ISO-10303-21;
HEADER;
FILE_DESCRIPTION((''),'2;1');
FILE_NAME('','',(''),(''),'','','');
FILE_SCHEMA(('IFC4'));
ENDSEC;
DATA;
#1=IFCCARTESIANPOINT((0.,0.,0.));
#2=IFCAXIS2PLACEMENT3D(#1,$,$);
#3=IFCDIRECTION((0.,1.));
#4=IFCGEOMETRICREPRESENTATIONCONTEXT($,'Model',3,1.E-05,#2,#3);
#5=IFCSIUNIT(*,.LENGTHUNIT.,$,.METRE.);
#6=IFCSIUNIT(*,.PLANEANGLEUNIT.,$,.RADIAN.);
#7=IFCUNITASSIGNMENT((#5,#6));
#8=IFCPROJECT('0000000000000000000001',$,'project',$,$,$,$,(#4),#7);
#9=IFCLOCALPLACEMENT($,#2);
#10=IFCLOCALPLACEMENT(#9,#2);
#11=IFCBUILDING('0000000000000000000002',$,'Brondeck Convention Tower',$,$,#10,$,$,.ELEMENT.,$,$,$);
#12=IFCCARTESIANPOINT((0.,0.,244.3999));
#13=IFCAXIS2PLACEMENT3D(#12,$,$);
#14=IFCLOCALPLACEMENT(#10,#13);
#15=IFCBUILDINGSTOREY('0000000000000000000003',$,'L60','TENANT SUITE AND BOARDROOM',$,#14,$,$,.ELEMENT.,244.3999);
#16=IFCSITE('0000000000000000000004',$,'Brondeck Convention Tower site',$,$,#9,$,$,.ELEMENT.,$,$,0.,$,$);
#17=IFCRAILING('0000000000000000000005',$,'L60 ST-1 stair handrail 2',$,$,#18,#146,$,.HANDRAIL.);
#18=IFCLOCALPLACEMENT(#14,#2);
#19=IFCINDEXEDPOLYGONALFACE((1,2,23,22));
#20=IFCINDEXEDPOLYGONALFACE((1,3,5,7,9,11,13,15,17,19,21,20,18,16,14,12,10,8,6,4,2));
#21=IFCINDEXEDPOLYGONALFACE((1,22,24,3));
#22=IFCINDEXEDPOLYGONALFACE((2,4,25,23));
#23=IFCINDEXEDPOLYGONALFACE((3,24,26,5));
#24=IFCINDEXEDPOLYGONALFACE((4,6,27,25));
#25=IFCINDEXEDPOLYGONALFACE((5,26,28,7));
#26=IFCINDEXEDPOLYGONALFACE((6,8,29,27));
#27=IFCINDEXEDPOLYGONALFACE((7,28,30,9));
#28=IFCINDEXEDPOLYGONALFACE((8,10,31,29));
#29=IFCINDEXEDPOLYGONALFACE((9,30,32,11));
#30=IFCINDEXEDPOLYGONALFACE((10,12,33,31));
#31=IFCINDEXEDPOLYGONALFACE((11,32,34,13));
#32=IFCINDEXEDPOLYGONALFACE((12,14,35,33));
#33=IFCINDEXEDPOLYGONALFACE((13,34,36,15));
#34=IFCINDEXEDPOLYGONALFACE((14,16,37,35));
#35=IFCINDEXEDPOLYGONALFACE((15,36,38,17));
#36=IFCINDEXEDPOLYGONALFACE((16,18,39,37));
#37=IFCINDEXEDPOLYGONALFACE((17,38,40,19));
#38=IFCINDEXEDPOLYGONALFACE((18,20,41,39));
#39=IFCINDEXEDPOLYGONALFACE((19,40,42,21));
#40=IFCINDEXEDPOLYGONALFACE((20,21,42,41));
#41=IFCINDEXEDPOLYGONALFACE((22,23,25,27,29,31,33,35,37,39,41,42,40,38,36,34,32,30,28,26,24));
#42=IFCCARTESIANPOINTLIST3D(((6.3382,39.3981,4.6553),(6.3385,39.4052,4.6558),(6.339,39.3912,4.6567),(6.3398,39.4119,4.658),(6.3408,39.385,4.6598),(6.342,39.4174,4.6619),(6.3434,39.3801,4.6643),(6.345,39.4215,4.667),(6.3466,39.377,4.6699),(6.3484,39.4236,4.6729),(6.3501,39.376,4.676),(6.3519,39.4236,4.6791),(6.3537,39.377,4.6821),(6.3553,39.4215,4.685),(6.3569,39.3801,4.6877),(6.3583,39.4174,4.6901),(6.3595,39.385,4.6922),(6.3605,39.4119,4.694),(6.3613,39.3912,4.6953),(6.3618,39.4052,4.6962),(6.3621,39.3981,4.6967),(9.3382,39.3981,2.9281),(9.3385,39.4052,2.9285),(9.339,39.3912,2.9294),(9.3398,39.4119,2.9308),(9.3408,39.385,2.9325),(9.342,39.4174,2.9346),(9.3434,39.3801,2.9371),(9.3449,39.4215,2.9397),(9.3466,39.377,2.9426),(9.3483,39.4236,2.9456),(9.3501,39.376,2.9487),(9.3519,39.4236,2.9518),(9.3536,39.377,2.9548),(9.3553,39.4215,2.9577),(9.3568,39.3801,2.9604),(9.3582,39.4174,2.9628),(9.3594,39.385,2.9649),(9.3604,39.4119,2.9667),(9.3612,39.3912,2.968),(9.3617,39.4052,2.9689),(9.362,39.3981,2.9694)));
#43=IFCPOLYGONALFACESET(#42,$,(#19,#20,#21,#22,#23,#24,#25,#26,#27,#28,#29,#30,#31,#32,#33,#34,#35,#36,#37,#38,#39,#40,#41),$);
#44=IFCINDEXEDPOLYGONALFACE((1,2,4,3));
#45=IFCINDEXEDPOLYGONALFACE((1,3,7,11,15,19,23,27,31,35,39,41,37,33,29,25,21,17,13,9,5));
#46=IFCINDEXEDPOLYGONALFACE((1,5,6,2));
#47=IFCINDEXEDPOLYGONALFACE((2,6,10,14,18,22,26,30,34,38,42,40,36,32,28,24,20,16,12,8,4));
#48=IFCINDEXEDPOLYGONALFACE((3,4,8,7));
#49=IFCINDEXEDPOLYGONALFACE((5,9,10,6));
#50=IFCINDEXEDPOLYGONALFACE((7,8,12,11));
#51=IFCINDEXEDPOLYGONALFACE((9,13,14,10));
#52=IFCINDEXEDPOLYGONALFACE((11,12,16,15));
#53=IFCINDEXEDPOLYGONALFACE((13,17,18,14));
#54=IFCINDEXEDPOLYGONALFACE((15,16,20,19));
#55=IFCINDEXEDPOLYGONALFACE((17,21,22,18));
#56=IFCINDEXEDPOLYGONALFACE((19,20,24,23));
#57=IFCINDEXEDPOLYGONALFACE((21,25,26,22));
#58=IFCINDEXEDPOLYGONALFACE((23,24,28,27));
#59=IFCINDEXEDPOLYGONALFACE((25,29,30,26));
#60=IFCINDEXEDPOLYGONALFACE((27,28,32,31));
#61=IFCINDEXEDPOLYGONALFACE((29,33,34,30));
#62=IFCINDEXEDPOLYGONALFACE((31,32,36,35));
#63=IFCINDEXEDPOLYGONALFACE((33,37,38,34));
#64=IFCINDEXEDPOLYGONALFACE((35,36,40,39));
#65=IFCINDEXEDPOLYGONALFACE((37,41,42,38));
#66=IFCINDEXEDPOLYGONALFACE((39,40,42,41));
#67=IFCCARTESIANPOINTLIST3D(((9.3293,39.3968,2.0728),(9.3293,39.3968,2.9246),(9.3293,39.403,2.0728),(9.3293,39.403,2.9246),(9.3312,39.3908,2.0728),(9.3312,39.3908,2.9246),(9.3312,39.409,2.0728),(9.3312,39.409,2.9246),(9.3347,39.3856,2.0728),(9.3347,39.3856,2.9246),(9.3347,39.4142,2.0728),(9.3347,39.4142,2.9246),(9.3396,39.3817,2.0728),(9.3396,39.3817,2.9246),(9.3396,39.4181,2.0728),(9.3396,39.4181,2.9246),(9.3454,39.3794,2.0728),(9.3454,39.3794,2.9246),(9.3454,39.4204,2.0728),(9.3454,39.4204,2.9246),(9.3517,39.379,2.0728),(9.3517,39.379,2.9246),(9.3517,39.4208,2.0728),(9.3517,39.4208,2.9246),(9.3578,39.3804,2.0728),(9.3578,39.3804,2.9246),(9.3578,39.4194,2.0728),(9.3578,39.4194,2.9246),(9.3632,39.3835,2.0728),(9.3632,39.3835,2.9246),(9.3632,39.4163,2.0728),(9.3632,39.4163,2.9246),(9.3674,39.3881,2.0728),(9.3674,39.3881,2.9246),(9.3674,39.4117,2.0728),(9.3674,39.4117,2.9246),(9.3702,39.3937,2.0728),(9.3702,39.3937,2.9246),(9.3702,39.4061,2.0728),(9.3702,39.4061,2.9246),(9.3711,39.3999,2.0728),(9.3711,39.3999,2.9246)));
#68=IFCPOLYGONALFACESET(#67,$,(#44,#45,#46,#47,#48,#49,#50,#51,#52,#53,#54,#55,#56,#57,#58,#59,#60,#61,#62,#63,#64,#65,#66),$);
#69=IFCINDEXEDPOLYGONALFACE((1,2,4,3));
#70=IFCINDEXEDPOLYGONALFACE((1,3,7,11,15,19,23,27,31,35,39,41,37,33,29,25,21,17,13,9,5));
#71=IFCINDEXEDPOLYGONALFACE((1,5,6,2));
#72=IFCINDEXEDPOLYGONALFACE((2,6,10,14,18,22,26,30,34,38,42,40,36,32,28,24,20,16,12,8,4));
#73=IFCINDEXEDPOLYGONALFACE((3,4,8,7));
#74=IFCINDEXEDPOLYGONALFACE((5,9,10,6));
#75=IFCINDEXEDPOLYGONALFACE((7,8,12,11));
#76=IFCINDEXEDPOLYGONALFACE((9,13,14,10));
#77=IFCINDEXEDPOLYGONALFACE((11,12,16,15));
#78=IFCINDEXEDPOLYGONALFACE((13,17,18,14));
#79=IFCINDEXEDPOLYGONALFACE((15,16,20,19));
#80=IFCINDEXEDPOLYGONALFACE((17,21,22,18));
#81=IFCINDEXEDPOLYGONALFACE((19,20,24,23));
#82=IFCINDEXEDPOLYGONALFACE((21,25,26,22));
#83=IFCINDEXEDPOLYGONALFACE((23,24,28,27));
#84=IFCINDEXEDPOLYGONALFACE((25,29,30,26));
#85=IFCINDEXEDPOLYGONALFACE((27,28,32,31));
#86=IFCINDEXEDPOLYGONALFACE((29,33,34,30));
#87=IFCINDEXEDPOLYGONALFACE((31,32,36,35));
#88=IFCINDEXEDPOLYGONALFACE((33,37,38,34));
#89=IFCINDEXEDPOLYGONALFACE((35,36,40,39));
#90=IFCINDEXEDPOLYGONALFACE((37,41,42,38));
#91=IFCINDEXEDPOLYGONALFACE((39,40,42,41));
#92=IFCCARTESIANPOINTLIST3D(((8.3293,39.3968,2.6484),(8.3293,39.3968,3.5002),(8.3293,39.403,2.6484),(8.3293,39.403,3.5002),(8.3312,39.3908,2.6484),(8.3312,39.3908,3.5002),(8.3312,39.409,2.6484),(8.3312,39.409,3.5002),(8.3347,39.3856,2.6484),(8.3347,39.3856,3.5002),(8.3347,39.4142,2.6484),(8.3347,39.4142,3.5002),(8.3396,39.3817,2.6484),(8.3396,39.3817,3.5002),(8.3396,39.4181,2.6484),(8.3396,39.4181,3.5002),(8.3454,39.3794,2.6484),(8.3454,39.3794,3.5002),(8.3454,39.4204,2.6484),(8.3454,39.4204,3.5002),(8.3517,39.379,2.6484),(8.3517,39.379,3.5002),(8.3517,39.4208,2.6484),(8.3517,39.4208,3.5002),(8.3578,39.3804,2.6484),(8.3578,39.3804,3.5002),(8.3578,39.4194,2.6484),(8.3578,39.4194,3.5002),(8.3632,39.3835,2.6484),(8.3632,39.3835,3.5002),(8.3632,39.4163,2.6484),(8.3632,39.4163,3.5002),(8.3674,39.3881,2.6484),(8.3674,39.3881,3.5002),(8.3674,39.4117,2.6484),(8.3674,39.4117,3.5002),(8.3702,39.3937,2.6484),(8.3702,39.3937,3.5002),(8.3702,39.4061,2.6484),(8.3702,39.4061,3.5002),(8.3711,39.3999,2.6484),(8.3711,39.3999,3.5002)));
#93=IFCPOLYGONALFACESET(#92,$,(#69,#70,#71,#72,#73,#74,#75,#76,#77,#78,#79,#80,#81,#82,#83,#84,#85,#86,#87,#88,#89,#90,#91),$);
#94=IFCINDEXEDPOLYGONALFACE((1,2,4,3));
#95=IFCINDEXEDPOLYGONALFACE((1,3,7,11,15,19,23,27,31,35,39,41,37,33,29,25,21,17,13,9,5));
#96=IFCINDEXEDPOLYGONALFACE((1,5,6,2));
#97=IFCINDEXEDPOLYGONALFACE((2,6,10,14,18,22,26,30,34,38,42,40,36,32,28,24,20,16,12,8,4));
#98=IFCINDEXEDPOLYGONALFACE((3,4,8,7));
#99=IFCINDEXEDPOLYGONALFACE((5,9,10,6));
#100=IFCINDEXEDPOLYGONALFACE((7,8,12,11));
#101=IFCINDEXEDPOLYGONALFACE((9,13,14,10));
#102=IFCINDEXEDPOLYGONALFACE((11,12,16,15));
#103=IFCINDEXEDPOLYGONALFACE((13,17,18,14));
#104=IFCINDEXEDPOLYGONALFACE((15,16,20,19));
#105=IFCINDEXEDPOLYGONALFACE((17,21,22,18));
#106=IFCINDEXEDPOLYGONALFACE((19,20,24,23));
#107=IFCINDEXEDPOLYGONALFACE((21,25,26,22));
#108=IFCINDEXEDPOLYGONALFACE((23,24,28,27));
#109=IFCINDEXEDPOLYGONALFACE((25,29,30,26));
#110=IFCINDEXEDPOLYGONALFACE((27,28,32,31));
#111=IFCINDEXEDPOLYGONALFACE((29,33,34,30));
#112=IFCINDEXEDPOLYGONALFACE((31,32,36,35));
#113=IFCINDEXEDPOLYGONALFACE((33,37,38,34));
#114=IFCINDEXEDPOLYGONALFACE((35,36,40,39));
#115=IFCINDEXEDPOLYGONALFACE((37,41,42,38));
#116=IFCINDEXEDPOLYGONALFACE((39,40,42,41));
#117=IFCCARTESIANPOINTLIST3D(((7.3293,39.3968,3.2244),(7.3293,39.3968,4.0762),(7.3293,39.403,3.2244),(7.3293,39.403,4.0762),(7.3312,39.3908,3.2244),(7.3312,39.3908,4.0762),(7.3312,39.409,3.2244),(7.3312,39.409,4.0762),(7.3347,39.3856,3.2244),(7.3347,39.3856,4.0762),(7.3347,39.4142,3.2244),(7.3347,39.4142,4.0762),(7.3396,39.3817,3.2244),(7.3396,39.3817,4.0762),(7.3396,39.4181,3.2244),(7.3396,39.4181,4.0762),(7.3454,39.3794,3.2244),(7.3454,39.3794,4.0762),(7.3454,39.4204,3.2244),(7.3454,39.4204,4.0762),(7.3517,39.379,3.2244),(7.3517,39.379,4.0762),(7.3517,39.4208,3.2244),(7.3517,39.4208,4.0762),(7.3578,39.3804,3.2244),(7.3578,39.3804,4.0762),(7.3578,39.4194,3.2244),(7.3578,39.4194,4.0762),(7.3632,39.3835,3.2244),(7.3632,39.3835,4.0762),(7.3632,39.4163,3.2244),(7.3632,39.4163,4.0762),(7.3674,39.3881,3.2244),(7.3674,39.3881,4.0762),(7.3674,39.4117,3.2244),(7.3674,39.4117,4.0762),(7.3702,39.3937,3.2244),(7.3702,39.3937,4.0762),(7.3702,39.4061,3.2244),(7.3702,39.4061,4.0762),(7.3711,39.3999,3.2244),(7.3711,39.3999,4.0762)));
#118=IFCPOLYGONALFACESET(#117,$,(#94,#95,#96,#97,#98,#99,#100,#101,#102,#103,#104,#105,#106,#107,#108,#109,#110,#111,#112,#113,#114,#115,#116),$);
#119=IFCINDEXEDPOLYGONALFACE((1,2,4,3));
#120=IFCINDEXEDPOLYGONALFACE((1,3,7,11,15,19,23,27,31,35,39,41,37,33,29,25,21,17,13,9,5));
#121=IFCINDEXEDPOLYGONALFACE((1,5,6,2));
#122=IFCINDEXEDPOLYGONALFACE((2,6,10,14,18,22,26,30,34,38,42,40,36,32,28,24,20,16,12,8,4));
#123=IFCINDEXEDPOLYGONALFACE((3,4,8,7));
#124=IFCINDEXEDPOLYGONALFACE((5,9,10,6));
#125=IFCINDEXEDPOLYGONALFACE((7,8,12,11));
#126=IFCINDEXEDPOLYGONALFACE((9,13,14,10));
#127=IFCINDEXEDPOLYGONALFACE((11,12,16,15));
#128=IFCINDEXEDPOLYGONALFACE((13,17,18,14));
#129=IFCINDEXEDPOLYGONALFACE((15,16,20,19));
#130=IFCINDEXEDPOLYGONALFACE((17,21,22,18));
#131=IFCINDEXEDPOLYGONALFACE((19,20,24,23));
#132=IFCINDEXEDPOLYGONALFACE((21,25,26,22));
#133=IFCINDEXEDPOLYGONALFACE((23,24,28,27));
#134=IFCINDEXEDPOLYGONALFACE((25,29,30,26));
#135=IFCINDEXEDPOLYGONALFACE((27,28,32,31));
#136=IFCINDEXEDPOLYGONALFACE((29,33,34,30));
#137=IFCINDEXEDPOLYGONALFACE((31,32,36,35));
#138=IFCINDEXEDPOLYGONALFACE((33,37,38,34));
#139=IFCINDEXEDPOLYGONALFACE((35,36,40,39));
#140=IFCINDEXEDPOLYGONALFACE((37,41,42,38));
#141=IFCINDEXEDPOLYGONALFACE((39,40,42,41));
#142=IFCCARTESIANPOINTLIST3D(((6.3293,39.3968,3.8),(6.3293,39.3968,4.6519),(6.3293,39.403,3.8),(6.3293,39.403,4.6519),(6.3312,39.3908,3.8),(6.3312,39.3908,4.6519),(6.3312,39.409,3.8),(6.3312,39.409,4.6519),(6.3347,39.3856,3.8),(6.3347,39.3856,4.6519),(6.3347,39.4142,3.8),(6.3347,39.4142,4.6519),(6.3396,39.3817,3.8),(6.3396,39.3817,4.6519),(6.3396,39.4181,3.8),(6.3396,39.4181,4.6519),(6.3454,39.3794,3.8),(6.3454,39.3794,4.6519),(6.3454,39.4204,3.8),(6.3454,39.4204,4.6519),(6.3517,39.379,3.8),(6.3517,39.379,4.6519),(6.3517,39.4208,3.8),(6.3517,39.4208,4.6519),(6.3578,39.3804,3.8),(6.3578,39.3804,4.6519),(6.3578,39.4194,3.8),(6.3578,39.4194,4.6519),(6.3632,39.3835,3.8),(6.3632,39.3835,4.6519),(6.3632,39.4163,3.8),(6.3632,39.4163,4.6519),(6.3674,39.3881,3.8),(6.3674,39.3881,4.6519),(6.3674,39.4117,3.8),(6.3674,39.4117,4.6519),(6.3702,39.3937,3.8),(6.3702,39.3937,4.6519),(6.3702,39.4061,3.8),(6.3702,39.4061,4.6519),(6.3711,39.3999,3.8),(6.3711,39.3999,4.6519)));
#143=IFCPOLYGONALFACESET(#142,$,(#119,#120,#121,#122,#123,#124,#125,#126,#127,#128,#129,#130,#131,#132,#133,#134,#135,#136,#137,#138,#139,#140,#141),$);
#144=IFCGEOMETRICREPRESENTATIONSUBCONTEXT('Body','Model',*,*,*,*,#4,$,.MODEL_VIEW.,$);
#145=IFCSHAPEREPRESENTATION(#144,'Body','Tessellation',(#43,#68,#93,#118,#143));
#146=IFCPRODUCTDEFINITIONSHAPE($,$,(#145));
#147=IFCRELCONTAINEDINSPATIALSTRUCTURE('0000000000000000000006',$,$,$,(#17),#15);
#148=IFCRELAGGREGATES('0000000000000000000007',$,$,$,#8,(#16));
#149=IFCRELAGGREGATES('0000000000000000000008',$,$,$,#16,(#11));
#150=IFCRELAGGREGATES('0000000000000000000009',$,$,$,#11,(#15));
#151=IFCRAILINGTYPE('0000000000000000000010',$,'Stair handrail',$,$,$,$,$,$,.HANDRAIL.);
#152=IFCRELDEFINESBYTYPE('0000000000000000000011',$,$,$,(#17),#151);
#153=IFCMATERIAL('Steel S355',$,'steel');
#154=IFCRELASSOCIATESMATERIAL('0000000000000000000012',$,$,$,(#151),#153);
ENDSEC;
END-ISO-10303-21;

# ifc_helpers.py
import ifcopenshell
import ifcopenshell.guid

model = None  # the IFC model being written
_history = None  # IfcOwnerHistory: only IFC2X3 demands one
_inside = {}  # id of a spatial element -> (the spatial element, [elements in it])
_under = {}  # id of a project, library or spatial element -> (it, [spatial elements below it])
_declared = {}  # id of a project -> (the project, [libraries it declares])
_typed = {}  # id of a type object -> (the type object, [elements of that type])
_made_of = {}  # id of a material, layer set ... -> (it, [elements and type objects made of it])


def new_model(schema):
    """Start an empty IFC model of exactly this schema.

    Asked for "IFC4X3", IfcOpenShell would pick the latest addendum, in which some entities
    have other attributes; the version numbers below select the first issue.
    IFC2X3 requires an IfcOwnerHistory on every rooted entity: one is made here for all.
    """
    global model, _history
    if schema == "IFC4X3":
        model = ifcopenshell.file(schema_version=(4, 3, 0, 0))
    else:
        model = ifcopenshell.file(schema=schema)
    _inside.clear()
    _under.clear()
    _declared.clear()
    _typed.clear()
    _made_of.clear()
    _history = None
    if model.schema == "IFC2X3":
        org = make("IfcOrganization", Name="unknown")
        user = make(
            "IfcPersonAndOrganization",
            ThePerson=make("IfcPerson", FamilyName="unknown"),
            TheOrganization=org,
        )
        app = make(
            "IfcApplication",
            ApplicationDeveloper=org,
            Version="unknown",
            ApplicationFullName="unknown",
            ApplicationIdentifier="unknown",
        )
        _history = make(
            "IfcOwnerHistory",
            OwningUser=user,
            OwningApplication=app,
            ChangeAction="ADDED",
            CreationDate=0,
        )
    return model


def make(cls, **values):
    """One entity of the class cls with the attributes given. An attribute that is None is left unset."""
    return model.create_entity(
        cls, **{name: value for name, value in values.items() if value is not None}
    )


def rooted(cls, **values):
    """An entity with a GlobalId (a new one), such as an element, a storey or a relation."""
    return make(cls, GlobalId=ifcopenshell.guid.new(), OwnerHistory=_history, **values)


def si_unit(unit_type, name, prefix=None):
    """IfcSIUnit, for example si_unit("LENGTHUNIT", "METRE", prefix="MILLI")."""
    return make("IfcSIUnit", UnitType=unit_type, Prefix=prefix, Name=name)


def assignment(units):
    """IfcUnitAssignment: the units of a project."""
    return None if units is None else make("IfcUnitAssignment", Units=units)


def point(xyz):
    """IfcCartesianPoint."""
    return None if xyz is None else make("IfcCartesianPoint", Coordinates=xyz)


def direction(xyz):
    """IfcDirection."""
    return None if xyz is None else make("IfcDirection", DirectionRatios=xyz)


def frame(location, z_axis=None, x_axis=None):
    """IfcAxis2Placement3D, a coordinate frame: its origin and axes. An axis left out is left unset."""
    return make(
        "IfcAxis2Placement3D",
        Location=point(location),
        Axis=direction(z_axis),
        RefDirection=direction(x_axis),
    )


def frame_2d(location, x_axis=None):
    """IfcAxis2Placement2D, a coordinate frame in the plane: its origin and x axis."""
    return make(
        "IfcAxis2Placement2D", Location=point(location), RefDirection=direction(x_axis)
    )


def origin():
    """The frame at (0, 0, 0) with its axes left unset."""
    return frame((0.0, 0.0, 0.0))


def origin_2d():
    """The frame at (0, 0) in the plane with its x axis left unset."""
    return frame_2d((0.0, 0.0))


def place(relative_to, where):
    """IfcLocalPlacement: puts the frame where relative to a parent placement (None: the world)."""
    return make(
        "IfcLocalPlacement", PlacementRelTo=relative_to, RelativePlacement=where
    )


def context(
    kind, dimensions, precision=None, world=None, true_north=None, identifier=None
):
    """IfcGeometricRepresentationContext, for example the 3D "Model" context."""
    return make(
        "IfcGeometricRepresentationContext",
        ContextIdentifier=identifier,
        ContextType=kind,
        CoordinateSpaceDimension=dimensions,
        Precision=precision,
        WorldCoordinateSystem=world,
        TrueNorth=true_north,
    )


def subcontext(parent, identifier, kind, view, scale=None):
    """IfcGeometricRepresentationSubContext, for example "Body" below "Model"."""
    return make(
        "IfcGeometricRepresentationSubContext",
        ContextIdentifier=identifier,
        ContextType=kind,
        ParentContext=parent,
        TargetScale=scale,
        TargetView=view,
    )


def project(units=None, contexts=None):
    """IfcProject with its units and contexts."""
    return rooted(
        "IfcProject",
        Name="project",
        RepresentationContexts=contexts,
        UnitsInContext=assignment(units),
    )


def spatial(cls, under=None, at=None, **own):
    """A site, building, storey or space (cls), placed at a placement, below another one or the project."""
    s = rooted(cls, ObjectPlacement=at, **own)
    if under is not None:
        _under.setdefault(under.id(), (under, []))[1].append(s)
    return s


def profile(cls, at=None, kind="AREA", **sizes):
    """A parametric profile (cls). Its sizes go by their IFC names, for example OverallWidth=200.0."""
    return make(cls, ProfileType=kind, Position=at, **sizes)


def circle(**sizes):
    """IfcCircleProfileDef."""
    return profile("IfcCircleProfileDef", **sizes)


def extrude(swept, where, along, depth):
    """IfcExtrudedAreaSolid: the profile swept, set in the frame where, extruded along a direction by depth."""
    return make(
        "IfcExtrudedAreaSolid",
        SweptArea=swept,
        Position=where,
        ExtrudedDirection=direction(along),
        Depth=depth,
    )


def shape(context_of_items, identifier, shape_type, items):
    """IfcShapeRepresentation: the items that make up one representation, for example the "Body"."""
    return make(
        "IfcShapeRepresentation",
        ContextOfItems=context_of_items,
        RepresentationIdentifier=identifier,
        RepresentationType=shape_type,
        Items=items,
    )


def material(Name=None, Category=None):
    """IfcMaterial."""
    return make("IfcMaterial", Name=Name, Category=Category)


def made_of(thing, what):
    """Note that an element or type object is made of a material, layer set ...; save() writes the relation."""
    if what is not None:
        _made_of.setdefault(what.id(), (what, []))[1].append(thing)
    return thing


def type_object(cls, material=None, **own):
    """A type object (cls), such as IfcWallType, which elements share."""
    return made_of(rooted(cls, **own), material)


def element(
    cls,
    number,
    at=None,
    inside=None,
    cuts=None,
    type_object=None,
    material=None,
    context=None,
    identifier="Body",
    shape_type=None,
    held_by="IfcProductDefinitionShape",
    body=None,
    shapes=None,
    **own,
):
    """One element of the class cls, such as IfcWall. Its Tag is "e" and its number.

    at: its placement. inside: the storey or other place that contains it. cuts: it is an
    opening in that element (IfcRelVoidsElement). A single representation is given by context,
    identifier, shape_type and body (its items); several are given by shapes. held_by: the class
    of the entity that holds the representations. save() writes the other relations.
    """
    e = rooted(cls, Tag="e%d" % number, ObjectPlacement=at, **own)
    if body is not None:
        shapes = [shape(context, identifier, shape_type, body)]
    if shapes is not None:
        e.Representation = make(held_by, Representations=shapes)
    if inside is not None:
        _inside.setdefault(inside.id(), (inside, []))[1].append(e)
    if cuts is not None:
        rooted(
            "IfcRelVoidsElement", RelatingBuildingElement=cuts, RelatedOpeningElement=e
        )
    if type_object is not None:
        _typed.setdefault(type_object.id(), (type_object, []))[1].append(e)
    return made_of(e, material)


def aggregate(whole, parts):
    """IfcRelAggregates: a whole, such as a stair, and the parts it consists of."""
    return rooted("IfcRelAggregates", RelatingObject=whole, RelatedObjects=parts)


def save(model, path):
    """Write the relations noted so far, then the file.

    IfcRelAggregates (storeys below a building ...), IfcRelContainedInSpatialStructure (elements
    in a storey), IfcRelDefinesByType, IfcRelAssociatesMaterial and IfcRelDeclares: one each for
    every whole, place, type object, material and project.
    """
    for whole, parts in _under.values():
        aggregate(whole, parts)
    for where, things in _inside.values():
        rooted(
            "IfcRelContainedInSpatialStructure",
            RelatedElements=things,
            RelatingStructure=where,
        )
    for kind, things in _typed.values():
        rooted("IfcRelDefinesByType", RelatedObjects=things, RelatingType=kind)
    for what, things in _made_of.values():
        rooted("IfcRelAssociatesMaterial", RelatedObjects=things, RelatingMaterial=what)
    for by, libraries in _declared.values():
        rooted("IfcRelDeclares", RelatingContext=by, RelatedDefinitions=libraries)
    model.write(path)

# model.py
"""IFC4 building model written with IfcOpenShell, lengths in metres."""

from ifc_helpers import new_model, si_unit, direction, frame, origin, origin_2d, place, context, subcontext, project, spatial, circle, extrude, material, type_object, element, save


model = new_model("IFC4")

# Units and contexts
model_context = context("Model", 3, precision=1e-05, world=origin(), true_north=direction((0.0, 1.0)))
body_context = subcontext(model_context, "Body", "Model", "MODEL_VIEW")
ifc_project = project(units=[si_unit("LENGTHUNIT", "METRE"), si_unit("PLANEANGLEUNIT", "RADIAN")], contexts=[model_context])

# Site, building, storey
site_placement = place(None, origin())
site = spatial("IfcSite", under=ifc_project, at=site_placement, Name="Brondeck Convention Tower site", CompositionType="ELEMENT", RefElevation=0.0)
building_placement = place(site_placement, origin())
building = spatial("IfcBuilding", under=site, at=building_placement, Name="Brondeck Convention Tower", CompositionType="ELEMENT")
storey_placement = place(building_placement, frame((0.0, 0.0, 244.3999)))
storey = spatial("IfcBuildingStorey", under=building, at=storey_placement, Name="L60", Description="TENANT SUITE AND BOARDROOM", CompositionType="ELEMENT", Elevation=244.3999)

# Shared definitions
ifc_material_1 = material(Name="Steel S355", Category="steel")

# Railing
railing_type_1 = type_object("IfcRailingType", Name="Stair handrail", PredefinedType="HANDRAIL", material=ifc_material_1)
railing_1_placement = place(storey_placement, frame((9.3501, 39.3999, 2.0728)))
element("IfcRailing", 1, at=railing_1_placement, inside=storey, type_object=railing_type_1, Name="L60 ST-1 stair handrail 2", PredefinedType="HANDRAIL", context=body_context, shape_type="SweptSolid", body=[
    extrude(circle(Radius=0.0239, at=origin_2d()), frame((0.0, 0.0, 0.876), z_axis=(-0.86662, 0.0, 0.498969), x_axis=(0.0, -1.0, 0.0)), (0.0, 0.0, 1.0), 3.4617),
    extrude(circle(Radius=0.021, at=origin_2d()), origin(), (0.0, 0.0, 1.0), 0.8518),
    extrude(circle(Radius=0.021, at=origin_2d()), frame((-1.0, 0.0, 0.5757)), (0.0, 0.0, 1.0), 0.8518),
    extrude(circle(Radius=0.021, at=origin_2d()), frame((-2.0, 0.0, 1.1516)), (0.0, 0.0, 1.0), 0.8518),
    extrude(circle(Radius=0.021, at=origin_2d()), frame((-3.0, 0.0, 1.7273)), (0.0, 0.0, 1.0), 0.8518),
])

save(model, "model.ifc")
